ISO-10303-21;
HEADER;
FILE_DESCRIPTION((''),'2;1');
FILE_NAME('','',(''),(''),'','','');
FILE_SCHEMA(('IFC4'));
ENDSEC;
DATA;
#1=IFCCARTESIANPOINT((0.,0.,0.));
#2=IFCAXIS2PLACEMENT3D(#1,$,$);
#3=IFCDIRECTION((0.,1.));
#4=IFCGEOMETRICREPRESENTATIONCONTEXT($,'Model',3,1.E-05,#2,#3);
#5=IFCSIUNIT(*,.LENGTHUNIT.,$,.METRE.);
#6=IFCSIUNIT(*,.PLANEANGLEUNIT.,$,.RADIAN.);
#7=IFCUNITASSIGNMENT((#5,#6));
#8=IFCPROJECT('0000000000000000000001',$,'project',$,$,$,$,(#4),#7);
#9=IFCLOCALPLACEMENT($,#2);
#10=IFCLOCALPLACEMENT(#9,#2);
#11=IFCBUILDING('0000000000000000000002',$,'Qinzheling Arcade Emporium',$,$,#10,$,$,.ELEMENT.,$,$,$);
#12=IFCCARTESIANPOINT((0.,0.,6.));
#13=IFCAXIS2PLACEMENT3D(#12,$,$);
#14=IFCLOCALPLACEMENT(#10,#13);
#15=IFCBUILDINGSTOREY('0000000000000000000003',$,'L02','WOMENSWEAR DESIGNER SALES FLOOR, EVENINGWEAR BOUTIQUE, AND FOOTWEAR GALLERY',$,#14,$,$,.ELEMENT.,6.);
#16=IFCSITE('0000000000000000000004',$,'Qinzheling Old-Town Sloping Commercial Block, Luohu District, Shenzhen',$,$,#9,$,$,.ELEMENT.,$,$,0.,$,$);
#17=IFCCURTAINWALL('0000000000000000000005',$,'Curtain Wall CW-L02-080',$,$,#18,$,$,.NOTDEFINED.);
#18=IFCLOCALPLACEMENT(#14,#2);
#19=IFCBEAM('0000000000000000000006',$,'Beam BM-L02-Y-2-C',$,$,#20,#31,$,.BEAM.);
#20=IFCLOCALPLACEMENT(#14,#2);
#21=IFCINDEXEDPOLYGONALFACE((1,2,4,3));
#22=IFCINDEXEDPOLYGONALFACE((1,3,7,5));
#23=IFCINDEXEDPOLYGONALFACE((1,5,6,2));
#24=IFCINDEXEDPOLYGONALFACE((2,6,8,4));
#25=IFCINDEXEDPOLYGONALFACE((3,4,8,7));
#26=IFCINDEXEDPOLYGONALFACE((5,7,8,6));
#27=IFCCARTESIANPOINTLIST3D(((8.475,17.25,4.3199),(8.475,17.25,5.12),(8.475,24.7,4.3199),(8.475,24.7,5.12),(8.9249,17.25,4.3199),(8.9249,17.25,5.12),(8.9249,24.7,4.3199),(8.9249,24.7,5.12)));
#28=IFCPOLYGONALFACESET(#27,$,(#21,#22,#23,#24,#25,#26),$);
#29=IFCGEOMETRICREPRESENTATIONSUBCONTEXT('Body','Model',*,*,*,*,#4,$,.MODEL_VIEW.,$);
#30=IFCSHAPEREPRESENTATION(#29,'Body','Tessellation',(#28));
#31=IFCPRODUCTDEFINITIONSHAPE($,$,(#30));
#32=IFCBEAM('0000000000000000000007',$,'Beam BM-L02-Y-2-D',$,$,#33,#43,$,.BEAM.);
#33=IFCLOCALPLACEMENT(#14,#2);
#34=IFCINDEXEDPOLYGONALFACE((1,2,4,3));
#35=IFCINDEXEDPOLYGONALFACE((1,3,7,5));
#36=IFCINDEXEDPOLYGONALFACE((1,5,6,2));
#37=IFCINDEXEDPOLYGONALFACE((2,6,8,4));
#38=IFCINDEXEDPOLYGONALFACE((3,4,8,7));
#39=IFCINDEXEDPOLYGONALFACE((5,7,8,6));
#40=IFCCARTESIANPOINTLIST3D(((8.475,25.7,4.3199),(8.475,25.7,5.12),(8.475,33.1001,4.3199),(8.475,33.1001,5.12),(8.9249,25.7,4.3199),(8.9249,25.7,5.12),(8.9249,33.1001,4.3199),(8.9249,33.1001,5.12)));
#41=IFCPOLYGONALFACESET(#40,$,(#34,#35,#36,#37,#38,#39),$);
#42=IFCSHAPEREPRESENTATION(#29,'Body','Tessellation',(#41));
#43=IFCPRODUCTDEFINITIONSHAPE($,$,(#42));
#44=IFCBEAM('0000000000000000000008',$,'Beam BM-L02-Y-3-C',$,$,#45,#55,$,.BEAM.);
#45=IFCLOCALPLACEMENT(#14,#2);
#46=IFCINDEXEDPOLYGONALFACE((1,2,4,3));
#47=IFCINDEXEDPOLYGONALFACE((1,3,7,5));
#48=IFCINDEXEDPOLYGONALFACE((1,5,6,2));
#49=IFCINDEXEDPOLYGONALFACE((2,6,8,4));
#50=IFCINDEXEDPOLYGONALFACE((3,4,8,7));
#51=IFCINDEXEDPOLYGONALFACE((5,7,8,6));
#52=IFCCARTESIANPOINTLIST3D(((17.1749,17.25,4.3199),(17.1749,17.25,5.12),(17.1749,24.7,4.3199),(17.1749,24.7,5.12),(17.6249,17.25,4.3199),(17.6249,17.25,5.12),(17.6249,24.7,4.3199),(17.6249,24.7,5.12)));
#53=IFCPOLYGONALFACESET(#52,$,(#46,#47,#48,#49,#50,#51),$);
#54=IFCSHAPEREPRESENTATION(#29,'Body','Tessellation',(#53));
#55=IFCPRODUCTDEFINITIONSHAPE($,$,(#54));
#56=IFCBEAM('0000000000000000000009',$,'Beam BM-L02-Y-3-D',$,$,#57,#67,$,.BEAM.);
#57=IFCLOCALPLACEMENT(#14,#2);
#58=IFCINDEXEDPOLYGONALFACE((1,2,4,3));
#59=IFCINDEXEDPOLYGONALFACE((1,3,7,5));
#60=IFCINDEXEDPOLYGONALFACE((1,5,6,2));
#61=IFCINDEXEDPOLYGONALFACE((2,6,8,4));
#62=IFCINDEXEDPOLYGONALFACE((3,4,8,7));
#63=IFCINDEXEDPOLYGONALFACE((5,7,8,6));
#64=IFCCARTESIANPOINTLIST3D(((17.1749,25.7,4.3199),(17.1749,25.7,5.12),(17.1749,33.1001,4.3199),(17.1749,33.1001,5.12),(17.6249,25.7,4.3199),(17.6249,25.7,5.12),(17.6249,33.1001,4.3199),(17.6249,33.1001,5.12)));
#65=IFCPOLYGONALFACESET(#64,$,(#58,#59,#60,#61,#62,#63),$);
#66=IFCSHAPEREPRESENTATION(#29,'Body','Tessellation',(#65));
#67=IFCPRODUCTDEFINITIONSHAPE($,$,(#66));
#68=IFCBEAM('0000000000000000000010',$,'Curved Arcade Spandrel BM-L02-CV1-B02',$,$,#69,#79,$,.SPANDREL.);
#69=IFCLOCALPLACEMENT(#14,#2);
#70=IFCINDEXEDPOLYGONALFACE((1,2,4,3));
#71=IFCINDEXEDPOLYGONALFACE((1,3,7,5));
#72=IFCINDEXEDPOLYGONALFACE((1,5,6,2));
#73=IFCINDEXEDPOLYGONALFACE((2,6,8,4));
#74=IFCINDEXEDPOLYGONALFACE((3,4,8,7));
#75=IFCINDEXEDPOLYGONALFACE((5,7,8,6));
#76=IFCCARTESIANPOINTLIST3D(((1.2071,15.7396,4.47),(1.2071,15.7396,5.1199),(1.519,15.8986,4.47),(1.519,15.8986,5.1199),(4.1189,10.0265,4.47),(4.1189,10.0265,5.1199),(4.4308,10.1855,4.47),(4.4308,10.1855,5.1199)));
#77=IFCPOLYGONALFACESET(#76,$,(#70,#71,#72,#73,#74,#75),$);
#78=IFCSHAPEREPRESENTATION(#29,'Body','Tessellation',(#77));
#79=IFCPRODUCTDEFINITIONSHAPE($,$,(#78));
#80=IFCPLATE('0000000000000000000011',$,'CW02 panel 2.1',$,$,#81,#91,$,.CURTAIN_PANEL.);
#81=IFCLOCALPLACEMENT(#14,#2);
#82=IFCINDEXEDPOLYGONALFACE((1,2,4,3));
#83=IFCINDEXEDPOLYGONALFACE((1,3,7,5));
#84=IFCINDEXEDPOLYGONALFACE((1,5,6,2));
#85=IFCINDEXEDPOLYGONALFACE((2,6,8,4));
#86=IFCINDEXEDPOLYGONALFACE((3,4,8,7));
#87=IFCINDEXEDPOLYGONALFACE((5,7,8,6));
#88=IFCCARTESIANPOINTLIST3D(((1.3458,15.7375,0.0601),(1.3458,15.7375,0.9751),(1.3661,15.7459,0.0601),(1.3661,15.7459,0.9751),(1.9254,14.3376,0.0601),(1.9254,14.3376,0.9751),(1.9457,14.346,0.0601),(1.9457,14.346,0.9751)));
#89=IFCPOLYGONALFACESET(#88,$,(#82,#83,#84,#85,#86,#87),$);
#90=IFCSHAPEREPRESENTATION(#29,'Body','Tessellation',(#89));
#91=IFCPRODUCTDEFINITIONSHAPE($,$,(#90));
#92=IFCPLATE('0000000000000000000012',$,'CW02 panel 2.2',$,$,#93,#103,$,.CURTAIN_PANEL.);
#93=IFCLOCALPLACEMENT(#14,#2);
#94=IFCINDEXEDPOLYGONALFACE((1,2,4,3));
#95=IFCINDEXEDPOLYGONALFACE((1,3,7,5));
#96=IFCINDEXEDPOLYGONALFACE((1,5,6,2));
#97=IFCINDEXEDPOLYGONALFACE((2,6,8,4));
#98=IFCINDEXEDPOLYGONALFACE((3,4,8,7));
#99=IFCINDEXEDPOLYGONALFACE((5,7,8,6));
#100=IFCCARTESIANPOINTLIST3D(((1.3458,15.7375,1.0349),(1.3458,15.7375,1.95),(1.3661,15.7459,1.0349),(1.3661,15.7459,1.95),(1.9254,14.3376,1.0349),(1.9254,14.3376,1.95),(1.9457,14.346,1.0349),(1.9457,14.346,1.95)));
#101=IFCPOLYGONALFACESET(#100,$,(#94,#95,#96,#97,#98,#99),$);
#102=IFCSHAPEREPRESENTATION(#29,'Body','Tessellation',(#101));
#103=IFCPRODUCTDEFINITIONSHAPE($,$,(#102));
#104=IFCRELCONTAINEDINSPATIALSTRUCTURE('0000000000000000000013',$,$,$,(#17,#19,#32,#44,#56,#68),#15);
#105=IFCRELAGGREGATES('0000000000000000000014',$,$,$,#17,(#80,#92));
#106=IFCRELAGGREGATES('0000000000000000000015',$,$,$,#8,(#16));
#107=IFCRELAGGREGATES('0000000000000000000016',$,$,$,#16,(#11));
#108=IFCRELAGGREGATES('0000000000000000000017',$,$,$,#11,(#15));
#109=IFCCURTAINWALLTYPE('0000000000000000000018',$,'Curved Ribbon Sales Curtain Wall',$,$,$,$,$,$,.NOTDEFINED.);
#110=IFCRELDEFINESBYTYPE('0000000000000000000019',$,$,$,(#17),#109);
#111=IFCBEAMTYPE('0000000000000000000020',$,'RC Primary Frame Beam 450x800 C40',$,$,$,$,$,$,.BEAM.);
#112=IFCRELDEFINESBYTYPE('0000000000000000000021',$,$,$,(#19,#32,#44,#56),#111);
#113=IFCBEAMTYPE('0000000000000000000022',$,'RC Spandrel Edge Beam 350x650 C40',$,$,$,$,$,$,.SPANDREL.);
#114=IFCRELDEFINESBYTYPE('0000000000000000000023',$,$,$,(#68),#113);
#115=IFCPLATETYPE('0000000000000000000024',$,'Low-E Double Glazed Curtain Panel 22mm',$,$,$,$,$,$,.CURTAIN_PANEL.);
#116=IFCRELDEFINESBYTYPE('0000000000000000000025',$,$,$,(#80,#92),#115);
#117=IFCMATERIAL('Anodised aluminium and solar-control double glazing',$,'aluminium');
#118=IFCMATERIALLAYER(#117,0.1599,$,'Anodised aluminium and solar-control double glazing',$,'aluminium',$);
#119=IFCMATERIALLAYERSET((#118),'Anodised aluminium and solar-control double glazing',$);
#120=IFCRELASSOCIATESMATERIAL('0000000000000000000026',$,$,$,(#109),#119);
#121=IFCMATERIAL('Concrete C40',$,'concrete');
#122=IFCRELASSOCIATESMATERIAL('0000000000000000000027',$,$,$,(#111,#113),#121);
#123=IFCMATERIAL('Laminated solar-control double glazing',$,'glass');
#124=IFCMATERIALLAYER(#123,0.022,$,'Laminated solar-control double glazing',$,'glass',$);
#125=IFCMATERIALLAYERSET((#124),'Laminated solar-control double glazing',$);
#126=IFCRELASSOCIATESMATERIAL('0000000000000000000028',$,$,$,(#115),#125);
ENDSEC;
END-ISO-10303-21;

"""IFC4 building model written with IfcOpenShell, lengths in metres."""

from ifc_helpers import new_model, si_unit, direction, frame, origin, origin_2d, place, context, subcontext, project, spatial, rectangle, extrude, material, layer, layer_set, material_profile, profile_set, type_object, element, aggregate, save


model = new_model("IFC4")

# Units and contexts
model_context = context("Model", 3, precision=1e-05, world=origin(), true_north=direction((0.0, 1.0)))
body_context = subcontext(model_context, "Body", "Model", "MODEL_VIEW")
ifc_project = project(units=[si_unit("LENGTHUNIT", "METRE"), si_unit("PLANEANGLEUNIT", "RADIAN")], contexts=[model_context])

# Site, building, storey
site_placement = place(None, origin())
site = spatial("IfcSite", under=ifc_project, at=site_placement, Name="Qinzheling Old-Town Sloping Commercial Block, Luohu District, Shenzhen", CompositionType="ELEMENT", RefElevation=0.0)
building_placement = place(site_placement, origin())
building = spatial("IfcBuilding", under=site, at=building_placement, Name="Qinzheling Arcade Emporium", CompositionType="ELEMENT")
storey_placement = place(building_placement, frame((0.0, 0.0, 6.0)))
storey = spatial("IfcBuildingStorey", under=building, at=storey_placement, Name="L02", Description="WOMENSWEAR DESIGNER SALES FLOOR, EVENINGWEAR BOUTIQUE, AND FOOTWEAR GALLERY", CompositionType="ELEMENT", Elevation=6.0)

# Curtain wall
ifc_material_1 = material(Name="Anodised aluminium and solar-control double glazing", Category="aluminium")
ifc_layer_1 = layer(ifc_material_1, 0.1599, Name="Anodised aluminium and solar-control double glazing", Category="aluminium")
ifc_layer_set_1 = layer_set([ifc_layer_1], Name="Anodised aluminium and solar-control double glazing")
curtain_wall_type = type_object("IfcCurtainWallType", Name="Curved Ribbon Sales Curtain Wall", PredefinedType="NOTDEFINED", material=ifc_layer_set_1)
curtain_wall_placement = place(storey_placement, origin())
curtain_wall = element("IfcCurtainWall", 1, at=curtain_wall_placement, inside=storey, type_object=curtain_wall_type, Name="Curtain Wall CW-L02-080", PredefinedType="NOTDEFINED")

# Beams
ifc_material_2 = material(Name="Concrete C40", Category="concrete")
ifc_material_profile_1 = material_profile(ifc_material_2, rectangle(XDim=0.45, YDim=0.8, at=origin_2d()), Name="RC 450x800", Category="concrete")
ifc_profile_set_1 = profile_set([ifc_material_profile_1], Name="Concrete C40")
beam_type_1 = type_object("IfcBeamType", Name="RC Primary Frame Beam 450x800 C40", PredefinedType="BEAM", material=ifc_profile_set_1)
beam_1_placement = place(storey_placement, frame((8.7, 17.25, 4.72), z_axis=(0.0, 1.0, 0.0), x_axis=(-1.0, 0.0, 0.0)))
element("IfcBeam", 2, at=beam_1_placement, inside=storey, type_object=beam_type_1, Name="Beam BM-L02-Y-2-C", PredefinedType="BEAM", context=body_context, shape_type="SweptSolid", body=[
    extrude(rectangle(XDim=0.45, YDim=0.8, at=origin_2d()), origin(), (0.0, 0.0, 1.0), 7.45),
])
beam_2_placement = place(storey_placement, frame((8.7, 25.7, 4.72), z_axis=(0.0, 1.0, 0.0), x_axis=(-1.0, 0.0, 0.0)))
element("IfcBeam", 3, at=beam_2_placement, inside=storey, type_object=beam_type_1, Name="Beam BM-L02-Y-2-D", PredefinedType="BEAM", context=body_context, shape_type="SweptSolid", body=[
    extrude(rectangle(XDim=0.45, YDim=0.8, at=origin_2d()), origin(), (0.0, 0.0, 1.0), 7.4001),
])
beam_3_placement = place(storey_placement, frame((17.3999, 17.25, 4.72), z_axis=(0.0, 1.0, 0.0), x_axis=(-1.0, 0.0, 0.0)))
element("IfcBeam", 4, at=beam_3_placement, inside=storey, type_object=beam_type_1, Name="Beam BM-L02-Y-3-C", PredefinedType="BEAM", context=body_context, shape_type="SweptSolid", body=[
    extrude(rectangle(XDim=0.45, YDim=0.8, at=origin_2d()), origin(), (0.0, 0.0, 1.0), 7.45),
])
beam_4_placement = place(storey_placement, frame((17.3999, 25.7, 4.72), z_axis=(0.0, 1.0, 0.0), x_axis=(-1.0, 0.0, 0.0)))
element("IfcBeam", 5, at=beam_4_placement, inside=storey, type_object=beam_type_1, Name="Beam BM-L02-Y-3-D", PredefinedType="BEAM", context=body_context, shape_type="SweptSolid", body=[
    extrude(rectangle(XDim=0.45, YDim=0.8, at=origin_2d()), origin(), (0.0, 0.0, 1.0), 7.4001),
])
ifc_material_profile_2 = material_profile(ifc_material_2, rectangle(XDim=0.3501, YDim=0.6499, at=origin_2d()), Name="RC 350x650", Category="concrete")
ifc_profile_set_2 = profile_set([ifc_material_profile_2], Name="Concrete C40")
beam_type_2 = type_object("IfcBeamType", Name="RC Spandrel Edge Beam 350x650 C40", PredefinedType="SPANDREL", material=ifc_profile_set_2)
beam_5_placement = place(storey_placement, frame((1.363, 15.8191, 4.7949), z_axis=(0.454099, -0.890951, 0.0), x_axis=(0.890951, 0.454099, 0.0)))
element("IfcBeam", 6, at=beam_5_placement, inside=storey, type_object=beam_type_2, Name="Curved Arcade Spandrel BM-L02-CV1-B02", PredefinedType="SPANDREL", context=body_context, shape_type="SweptSolid", body=[
    extrude(rectangle(XDim=0.3501, YDim=0.6499, at=origin_2d()), origin(), (0.0, 0.0, 1.0), 6.4124),
])

# Plates
ifc_material_3 = material(Name="Laminated solar-control double glazing", Category="glass")
ifc_layer_2 = layer(ifc_material_3, 0.022, Name="Laminated solar-control double glazing", Category="glass")
ifc_layer_set_2 = layer_set([ifc_layer_2], Name="Laminated solar-control double glazing")
plate_type = type_object("IfcPlateType", Name="Low-E Double Glazed Curtain Panel 22mm", PredefinedType="CURTAIN_PANEL", material=ifc_layer_set_2)
plate_1_placement = place(storey_placement, frame((1.6458, 15.0417, 0.0601), z_axis=(0.0, 0.0, 1.0), x_axis=(-0.382535, 0.923941, 0.0)))
plate_1 = element("IfcPlate", 7, at=plate_1_placement, type_object=plate_type, Name="CW02 panel 2.1", PredefinedType="CURTAIN_PANEL", context=body_context, shape_type="SweptSolid", body=[
    extrude(rectangle(XDim=1.5151, YDim=0.022, at=origin_2d()), origin(), (0.0, 0.0, 1.0), 0.915),
])
plate_2_placement = place(storey_placement, frame((1.6458, 15.0417, 1.0349), z_axis=(0.0, 0.0, 1.0), x_axis=(-0.382535, 0.923941, 0.0)))
plate_2 = element("IfcPlate", 8, at=plate_2_placement, type_object=plate_type, Name="CW02 panel 2.2", PredefinedType="CURTAIN_PANEL", context=body_context, shape_type="SweptSolid", body=[
    extrude(rectangle(XDim=1.5151, YDim=0.022, at=origin_2d()), origin(), (0.0, 0.0, 1.0), 0.915),
])
aggregate(curtain_wall, [plate_1, plate_2])

save(model, "model.ifc")
